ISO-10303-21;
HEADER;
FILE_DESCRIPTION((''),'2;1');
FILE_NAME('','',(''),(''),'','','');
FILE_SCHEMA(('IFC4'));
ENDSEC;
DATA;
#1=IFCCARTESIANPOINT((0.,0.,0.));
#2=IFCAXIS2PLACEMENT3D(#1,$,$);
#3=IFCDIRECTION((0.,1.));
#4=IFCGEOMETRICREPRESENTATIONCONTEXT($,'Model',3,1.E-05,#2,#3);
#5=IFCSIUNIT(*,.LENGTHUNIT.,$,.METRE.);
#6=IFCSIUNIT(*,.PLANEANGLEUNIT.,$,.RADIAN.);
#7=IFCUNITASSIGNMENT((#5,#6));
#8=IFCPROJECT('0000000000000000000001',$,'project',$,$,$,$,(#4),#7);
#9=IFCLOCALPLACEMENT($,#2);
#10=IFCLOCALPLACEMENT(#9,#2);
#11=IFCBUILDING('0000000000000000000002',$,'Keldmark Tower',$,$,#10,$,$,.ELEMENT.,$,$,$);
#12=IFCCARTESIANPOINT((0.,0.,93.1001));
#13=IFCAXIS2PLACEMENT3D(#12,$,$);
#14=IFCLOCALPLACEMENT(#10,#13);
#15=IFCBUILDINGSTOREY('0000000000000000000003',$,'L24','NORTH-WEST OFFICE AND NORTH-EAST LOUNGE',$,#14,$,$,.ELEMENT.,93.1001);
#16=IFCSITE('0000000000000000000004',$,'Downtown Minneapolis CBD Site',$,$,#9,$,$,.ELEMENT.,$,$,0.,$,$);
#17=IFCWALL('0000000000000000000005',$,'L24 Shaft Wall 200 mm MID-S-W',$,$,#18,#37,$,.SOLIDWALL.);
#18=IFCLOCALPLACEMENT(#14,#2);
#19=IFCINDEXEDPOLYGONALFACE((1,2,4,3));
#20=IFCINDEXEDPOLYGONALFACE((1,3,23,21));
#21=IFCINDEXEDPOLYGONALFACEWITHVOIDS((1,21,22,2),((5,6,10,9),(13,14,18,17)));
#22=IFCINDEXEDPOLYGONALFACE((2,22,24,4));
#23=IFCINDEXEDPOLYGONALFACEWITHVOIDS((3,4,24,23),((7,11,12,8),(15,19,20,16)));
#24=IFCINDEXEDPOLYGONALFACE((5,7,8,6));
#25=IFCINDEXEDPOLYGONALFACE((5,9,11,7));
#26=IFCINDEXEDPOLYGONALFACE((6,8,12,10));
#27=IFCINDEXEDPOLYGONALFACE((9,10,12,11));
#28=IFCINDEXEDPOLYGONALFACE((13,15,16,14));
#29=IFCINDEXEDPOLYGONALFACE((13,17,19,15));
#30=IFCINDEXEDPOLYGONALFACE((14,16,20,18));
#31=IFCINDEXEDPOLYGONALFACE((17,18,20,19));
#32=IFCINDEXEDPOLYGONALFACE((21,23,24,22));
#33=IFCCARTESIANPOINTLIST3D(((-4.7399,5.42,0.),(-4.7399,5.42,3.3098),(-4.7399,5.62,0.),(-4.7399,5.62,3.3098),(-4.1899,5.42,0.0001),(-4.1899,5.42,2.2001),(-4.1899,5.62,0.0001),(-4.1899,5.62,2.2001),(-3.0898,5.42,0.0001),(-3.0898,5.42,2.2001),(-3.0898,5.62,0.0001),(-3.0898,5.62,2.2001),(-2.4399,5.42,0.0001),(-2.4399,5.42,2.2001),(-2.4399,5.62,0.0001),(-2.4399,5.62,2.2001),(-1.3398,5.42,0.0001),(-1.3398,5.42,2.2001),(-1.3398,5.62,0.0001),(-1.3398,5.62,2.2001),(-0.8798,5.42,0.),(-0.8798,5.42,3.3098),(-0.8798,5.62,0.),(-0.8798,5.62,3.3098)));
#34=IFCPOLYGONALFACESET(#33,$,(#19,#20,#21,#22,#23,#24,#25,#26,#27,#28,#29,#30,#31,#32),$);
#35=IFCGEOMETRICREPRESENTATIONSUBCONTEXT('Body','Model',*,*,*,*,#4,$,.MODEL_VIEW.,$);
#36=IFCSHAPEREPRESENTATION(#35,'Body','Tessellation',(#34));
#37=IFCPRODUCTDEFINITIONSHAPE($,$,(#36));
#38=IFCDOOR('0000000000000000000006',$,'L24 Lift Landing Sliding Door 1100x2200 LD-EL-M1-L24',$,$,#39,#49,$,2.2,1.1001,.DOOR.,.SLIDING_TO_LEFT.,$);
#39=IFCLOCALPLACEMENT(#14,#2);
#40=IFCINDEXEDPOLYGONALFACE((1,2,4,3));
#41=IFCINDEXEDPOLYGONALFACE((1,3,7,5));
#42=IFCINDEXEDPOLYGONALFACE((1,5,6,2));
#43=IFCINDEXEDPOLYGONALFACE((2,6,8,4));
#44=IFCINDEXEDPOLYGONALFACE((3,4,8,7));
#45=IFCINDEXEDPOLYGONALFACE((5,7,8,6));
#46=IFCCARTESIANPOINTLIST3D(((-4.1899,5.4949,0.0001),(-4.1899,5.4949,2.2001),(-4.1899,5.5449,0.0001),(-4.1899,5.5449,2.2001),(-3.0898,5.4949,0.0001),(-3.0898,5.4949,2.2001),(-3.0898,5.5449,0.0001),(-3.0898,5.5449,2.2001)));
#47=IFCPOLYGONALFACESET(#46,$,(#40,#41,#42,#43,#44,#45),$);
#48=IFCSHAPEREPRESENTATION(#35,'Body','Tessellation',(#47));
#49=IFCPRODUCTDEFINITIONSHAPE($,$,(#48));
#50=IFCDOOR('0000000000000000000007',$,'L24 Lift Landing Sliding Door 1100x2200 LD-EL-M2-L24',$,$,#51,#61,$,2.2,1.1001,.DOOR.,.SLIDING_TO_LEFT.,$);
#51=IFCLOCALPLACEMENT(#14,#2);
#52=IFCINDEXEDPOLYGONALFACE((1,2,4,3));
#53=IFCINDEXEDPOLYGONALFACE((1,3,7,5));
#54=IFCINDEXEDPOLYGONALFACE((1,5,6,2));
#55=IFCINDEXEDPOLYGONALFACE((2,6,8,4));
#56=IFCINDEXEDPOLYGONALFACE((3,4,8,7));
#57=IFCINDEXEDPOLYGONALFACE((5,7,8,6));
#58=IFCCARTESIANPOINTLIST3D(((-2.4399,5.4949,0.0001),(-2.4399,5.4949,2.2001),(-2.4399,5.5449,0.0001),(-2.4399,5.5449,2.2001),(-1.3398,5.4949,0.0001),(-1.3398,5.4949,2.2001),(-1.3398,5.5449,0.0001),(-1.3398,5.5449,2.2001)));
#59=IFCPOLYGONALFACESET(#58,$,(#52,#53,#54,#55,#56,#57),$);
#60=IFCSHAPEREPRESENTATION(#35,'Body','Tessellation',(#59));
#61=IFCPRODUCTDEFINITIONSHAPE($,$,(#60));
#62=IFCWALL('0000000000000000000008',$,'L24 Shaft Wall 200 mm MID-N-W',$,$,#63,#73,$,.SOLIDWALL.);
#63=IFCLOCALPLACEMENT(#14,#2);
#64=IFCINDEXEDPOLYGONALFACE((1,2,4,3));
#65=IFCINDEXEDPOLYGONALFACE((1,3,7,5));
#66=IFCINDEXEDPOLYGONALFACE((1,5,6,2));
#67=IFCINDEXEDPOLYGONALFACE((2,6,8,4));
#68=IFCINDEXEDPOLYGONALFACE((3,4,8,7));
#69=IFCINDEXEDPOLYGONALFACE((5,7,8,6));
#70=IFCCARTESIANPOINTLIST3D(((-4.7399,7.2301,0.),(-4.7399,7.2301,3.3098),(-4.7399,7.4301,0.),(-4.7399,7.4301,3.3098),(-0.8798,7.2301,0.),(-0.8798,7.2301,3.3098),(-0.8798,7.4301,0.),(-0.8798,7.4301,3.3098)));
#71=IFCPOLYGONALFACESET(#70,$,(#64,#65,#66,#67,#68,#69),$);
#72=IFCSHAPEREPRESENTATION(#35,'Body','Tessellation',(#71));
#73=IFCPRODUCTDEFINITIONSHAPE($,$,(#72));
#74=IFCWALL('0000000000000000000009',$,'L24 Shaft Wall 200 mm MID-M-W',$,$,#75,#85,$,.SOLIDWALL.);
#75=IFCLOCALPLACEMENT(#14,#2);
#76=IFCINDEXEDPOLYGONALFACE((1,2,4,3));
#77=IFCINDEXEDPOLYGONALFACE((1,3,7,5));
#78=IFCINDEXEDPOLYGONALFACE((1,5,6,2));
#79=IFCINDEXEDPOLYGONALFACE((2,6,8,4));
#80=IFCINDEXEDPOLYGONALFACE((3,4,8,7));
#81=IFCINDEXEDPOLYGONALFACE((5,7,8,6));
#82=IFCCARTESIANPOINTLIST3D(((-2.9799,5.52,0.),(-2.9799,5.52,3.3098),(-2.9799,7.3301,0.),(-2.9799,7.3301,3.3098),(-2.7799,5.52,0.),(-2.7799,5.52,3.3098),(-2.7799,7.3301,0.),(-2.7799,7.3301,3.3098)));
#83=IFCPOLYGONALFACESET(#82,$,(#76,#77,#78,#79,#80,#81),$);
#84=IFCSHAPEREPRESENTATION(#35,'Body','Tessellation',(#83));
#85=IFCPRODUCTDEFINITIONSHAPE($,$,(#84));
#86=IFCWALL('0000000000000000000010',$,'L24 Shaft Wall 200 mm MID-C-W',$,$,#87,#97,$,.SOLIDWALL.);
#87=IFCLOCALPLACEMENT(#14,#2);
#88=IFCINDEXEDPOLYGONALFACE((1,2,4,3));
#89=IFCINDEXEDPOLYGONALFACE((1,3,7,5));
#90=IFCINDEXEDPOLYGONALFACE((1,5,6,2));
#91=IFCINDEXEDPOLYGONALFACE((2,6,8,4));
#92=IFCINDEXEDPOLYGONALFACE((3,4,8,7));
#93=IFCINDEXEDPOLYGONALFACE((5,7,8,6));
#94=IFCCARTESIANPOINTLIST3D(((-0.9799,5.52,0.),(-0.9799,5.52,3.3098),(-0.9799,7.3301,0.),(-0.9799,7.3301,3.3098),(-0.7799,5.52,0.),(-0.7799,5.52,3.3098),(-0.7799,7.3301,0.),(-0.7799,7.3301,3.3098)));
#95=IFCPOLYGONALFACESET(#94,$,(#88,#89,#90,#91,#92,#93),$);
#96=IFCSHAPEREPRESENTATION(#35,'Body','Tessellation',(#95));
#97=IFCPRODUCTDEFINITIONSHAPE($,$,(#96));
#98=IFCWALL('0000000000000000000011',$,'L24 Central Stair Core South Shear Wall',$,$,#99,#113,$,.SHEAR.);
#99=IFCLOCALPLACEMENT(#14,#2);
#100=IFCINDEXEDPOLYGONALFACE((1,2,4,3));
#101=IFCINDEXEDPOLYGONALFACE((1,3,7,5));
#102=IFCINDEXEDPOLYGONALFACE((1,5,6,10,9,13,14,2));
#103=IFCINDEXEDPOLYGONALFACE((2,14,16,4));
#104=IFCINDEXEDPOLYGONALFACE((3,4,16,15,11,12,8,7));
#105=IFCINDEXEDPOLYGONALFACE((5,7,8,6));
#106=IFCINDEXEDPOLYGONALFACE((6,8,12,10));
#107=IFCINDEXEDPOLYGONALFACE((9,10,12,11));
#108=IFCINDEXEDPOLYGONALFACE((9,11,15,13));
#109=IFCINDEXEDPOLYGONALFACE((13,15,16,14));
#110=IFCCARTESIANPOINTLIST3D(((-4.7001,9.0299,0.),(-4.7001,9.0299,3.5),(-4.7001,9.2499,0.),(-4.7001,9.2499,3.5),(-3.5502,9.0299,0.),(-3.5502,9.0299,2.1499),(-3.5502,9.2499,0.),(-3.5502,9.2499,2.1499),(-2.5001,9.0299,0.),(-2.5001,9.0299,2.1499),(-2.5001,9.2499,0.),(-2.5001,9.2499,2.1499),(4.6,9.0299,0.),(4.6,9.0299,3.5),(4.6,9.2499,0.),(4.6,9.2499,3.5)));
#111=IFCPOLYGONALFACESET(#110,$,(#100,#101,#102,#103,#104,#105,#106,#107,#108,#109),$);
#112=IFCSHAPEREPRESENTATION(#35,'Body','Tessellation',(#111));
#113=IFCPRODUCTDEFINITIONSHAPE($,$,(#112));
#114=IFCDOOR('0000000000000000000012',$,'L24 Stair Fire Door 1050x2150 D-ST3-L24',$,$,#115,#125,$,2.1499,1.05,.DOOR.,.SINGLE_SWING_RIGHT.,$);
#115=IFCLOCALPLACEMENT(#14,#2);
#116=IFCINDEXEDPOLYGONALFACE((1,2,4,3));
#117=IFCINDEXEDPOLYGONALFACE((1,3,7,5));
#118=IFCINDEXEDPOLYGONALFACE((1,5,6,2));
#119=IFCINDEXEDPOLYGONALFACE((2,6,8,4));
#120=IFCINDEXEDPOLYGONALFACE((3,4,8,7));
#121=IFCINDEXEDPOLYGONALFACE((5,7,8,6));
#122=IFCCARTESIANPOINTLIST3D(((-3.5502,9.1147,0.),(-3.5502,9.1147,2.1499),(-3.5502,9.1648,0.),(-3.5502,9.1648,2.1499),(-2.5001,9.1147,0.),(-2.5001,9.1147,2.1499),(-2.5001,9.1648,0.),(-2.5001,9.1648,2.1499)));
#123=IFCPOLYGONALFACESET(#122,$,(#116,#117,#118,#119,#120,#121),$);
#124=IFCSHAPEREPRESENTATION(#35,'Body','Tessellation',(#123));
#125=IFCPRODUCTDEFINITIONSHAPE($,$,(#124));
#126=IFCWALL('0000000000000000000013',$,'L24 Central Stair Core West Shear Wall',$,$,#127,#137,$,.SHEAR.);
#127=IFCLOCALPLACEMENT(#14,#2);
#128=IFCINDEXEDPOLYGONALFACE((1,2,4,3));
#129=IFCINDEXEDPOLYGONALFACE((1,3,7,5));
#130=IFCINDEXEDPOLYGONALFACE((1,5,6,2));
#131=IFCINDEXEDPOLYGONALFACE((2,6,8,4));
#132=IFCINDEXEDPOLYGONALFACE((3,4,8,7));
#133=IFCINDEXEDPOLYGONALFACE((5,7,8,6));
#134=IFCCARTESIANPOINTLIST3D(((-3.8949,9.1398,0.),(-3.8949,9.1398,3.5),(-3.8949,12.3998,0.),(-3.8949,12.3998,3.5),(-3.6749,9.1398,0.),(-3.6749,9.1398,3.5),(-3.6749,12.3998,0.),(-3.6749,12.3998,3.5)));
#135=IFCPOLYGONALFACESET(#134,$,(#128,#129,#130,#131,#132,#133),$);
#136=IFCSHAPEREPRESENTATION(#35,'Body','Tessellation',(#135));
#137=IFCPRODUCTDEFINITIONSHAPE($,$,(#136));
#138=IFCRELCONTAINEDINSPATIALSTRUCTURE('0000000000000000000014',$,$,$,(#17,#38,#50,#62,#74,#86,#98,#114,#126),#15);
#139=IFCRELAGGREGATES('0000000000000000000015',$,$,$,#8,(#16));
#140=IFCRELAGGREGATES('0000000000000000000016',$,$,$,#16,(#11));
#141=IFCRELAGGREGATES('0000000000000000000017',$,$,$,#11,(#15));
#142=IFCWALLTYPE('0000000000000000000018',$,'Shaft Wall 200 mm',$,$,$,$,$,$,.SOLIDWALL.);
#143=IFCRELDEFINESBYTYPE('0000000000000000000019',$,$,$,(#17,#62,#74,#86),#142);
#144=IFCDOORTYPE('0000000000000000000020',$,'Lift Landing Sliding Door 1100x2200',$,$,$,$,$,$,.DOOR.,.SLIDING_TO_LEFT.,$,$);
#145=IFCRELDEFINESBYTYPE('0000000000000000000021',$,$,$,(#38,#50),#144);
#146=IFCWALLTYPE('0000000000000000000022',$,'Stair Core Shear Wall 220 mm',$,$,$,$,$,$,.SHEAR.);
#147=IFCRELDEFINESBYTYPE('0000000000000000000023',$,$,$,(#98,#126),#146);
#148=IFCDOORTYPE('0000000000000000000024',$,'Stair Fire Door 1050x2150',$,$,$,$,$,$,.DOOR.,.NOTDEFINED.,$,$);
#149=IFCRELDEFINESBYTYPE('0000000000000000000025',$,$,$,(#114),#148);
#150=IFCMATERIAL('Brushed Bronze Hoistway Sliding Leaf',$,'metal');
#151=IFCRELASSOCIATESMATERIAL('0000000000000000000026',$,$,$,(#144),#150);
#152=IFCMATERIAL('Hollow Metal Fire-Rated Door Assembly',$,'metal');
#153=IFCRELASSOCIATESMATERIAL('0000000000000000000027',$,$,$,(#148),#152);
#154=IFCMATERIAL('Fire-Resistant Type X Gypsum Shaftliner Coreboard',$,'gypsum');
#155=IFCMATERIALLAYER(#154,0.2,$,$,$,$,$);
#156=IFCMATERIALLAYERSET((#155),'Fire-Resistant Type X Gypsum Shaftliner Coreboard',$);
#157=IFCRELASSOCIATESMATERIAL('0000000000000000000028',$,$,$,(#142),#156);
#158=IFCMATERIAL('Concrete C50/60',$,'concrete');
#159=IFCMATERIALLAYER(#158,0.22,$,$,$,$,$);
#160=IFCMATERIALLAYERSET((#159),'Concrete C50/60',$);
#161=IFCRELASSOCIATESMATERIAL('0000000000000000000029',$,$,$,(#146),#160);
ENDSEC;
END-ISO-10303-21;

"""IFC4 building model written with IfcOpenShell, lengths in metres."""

from ifc_helpers import new_model, si_unit, direction, frame, frame_2d, origin, place, context, subcontext, project, spatial, rectangle, extrude, material, layer, layer_set, type_object, element, fill, save


model = new_model("IFC4")

# Units and contexts
model_context = context("Model", 3, precision=1e-05, world=origin(), true_north=direction((0.0, 1.0)))
body_context = subcontext(model_context, "Body", "Model", "MODEL_VIEW")
ifc_project = project(units=[si_unit("LENGTHUNIT", "METRE"), si_unit("PLANEANGLEUNIT", "RADIAN")], contexts=[model_context])

# Site, building, storey
site_placement = place(None, origin())
site = spatial("IfcSite", under=ifc_project, at=site_placement, Name="Downtown Minneapolis CBD Site", CompositionType="ELEMENT", RefElevation=0.0)
building_placement = place(site_placement, origin())
building = spatial("IfcBuilding", under=site, at=building_placement, Name="Keldmark Tower", CompositionType="ELEMENT")
storey_placement = place(building_placement, frame((0.0, 0.0, 93.1001)))
storey = spatial("IfcBuildingStorey", under=building, at=storey_placement, Name="L24", Description="NORTH-WEST OFFICE AND NORTH-EAST LOUNGE", CompositionType="ELEMENT", Elevation=93.1001)

# Shared definitions
ifc_material_1 = material(Name="Brushed Bronze Hoistway Sliding Leaf", Category="metal")
door_type_1 = type_object("IfcDoorType", Name="Lift Landing Sliding Door 1100x2200", OperationType="SLIDING_TO_LEFT", PredefinedType="DOOR", material=ifc_material_1)
ifc_material_2 = material(Name="Hollow Metal Fire-Rated Door Assembly", Category="metal")
door_type_2 = type_object("IfcDoorType", Name="Stair Fire Door 1050x2150", OperationType="NOTDEFINED", PredefinedType="DOOR", material=ifc_material_2)

# Wall, openings, doors
ifc_material_3 = material(Name="Fire-Resistant Type X Gypsum Shaftliner Coreboard", Category="gypsum")
ifc_layer_1 = layer(ifc_material_3, 0.2)
ifc_layer_set_1 = layer_set([ifc_layer_1], Name="Fire-Resistant Type X Gypsum Shaftliner Coreboard")
wall_type_1 = type_object("IfcWallType", Name="Shaft Wall 200 mm", PredefinedType="SOLIDWALL", material=ifc_layer_set_1)
wall_1_placement = place(storey_placement, frame((-4.74, 5.52, 0.0), z_axis=(0.0, 0.0, 1.0), x_axis=(1.0, 0.0, 0.0)))
wall_1 = element("IfcWall", 1, at=wall_1_placement, inside=storey, type_object=wall_type_1, Name="L24 Shaft Wall 200 mm MID-S-W", PredefinedType="SOLIDWALL", context=body_context, shape_type="SweptSolid", body=[
    extrude(rectangle(XDim=3.8601, YDim=0.2, at=frame_2d((1.9302, 0.0))), origin(), (0.0, 0.0, 1.0), 3.3098),
])
opening_1_placement = place(wall_1_placement, frame((0.55, 0.0, 0.0)))
opening_1 = element("IfcOpeningElement", 2, at=opening_1_placement, cuts=wall_1, PredefinedType="OPENING", context=body_context, shape_type="SweptSolid", body=[
    extrude(rectangle(XDim=1.1001, YDim=2.2, at=frame_2d((0.55, 1.1001))), frame((0.0, 0.1099, 0.0), z_axis=(0.0, -1.0, 0.0), x_axis=(1.0, 0.0, 0.0)), (0.0, 0.0, 1.0), 0.22),
])
opening_2_placement = place(wall_1_placement, frame((2.3, 0.0, 0.0)))
opening_2 = element("IfcOpeningElement", 3, at=opening_2_placement, cuts=wall_1, PredefinedType="OPENING", context=body_context, shape_type="SweptSolid", body=[
    extrude(rectangle(XDim=1.1001, YDim=2.2, at=frame_2d((0.55, 1.1001))), frame((0.0, 0.1099, 0.0), z_axis=(0.0, -1.0, 0.0), x_axis=(1.0, 0.0, 0.0)), (0.0, 0.0, 1.0), 0.22),
])
door_1_placement = place(opening_1_placement, origin())
door_1 = element("IfcDoor", 4, at=door_1_placement, inside=storey, type_object=door_type_1, Name="L24 Lift Landing Sliding Door 1100x2200 LD-EL-M1-L24", OperationType="SLIDING_TO_LEFT", OverallHeight=2.2, OverallWidth=1.1001, PredefinedType="DOOR", context=body_context, shape_type="SweptSolid", body=[
    extrude(rectangle(XDim=1.1001, YDim=2.2, at=frame_2d((0.55, 1.1001))), frame((0.0, 0.0249, 0.0), z_axis=(0.0, -1.0, 0.0), x_axis=(1.0, 0.0, 0.0)), (0.0, 0.0, 1.0), 0.05),
])
fill(opening_1, door_1)
door_2_placement = place(opening_2_placement, origin())
door_2 = element("IfcDoor", 5, at=door_2_placement, inside=storey, type_object=door_type_1, Name="L24 Lift Landing Sliding Door 1100x2200 LD-EL-M2-L24", OperationType="SLIDING_TO_LEFT", OverallHeight=2.2, OverallWidth=1.1001, PredefinedType="DOOR", context=body_context, shape_type="SweptSolid", body=[
    extrude(rectangle(XDim=1.1001, YDim=2.2, at=frame_2d((0.55, 1.1001))), frame((0.0, 0.0249, 0.0), z_axis=(0.0, -1.0, 0.0), x_axis=(1.0, 0.0, 0.0)), (0.0, 0.0, 1.0), 0.05),
])
fill(opening_2, door_2)

# Walls
wall_2_placement = place(storey_placement, frame((-4.74, 7.3301, 0.0), z_axis=(0.0, 0.0, 1.0), x_axis=(1.0, 0.0, 0.0)))
element("IfcWall", 6, at=wall_2_placement, inside=storey, type_object=wall_type_1, Name="L24 Shaft Wall 200 mm MID-N-W", PredefinedType="SOLIDWALL", context=body_context, shape_type="SweptSolid", body=[
    extrude(rectangle(XDim=3.8601, YDim=0.2, at=frame_2d((1.9302, 0.0))), origin(), (0.0, 0.0, 1.0), 3.3098),
])
for number, where, z_axis, x_axis, name in (
    (7, (-2.8799, 5.52, 0.0), (0.0, 0.0, 1.0), (0.0, 1.0, 0.0), "L24 Shaft Wall 200 mm MID-M-W"),
    (8, (-0.8799, 5.52, 0.0), (0.0, 0.0, 1.0), (0.0, 1.0, 0.0), "L24 Shaft Wall 200 mm MID-C-W"),
):
    element("IfcWall", number, at=place(storey_placement, frame(where, z_axis=z_axis, x_axis=x_axis)), inside=storey, type_object=wall_type_1, Name=name, PredefinedType="SOLIDWALL", context=body_context, shape_type="SweptSolid", body=[
        extrude(rectangle(XDim=1.8101, YDim=0.2, at=frame_2d((0.905, 0.0))), origin(), (0.0, 0.0, 1.0), 3.3098),
    ])

# Wall, opening, door
ifc_material_4 = material(Name="Concrete C50/60", Category="concrete")
ifc_layer_2 = layer(ifc_material_4, 0.22)
ifc_layer_set_2 = layer_set([ifc_layer_2], Name="Concrete C50/60")
wall_type_2 = type_object("IfcWallType", Name="Stair Core Shear Wall 220 mm", PredefinedType="SHEAR", material=ifc_layer_set_2)
wall_3_placement = place(storey_placement, frame((-4.7, 9.1399, 0.0), z_axis=(0.0, 0.0, 1.0), x_axis=(1.0, 0.0, 0.0)))
wall_3 = element("IfcWall", 9, at=wall_3_placement, inside=storey, type_object=wall_type_2, Name="L24 Central Stair Core South Shear Wall", PredefinedType="SHEAR", context=body_context, shape_type="SweptSolid", body=[
    extrude(rectangle(XDim=9.3, YDim=0.22, at=frame_2d((4.6499, 0.0))), origin(), (0.0, 0.0, 1.0), 3.5),
])
opening_3_placement = place(wall_3_placement, frame((1.1499, 0.0, 0.0)))
opening_3 = element("IfcOpeningElement", 10, at=opening_3_placement, cuts=wall_3, PredefinedType="OPENING", context=body_context, shape_type="SweptSolid", body=[
    extrude(rectangle(XDim=1.05, YDim=2.1499, at=frame_2d((0.5249, 1.075))), frame((0.0, 0.1199, 0.0), z_axis=(0.0, -1.0, 0.0), x_axis=(1.0, 0.0, 0.0)), (0.0, 0.0, 1.0), 0.24),
])
door_3_placement = place(opening_3_placement, origin())
door_3 = element("IfcDoor", 11, at=door_3_placement, inside=storey, type_object=door_type_2, Name="L24 Stair Fire Door 1050x2150 D-ST3-L24", OperationType="SINGLE_SWING_RIGHT", OverallHeight=2.1499, OverallWidth=1.05, PredefinedType="DOOR", context=body_context, shape_type="SweptSolid", body=[
    extrude(rectangle(XDim=1.05, YDim=2.1499, at=frame_2d((0.5249, 1.075))), frame((0.0, 0.0249, 0.0), z_axis=(0.0, -1.0, 0.0), x_axis=(1.0, 0.0, 0.0)), (0.0, 0.0, 1.0), 0.05),
])
fill(opening_3, door_3)

# Wall
wall_4_placement = place(storey_placement, frame((-3.7849, 9.1399, 0.0), z_axis=(0.0, 0.0, 1.0), x_axis=(0.0, 1.0, 0.0)))
element("IfcWall", 12, at=wall_4_placement, inside=storey, type_object=wall_type_2, Name="L24 Central Stair Core West Shear Wall", PredefinedType="SHEAR", context=body_context, shape_type="SweptSolid", body=[
    extrude(rectangle(XDim=3.26, YDim=0.22, at=frame_2d((1.6299, 0.0))), origin(), (0.0, 0.0, 1.0), 3.5),
])

save(model, "model.ifc")
